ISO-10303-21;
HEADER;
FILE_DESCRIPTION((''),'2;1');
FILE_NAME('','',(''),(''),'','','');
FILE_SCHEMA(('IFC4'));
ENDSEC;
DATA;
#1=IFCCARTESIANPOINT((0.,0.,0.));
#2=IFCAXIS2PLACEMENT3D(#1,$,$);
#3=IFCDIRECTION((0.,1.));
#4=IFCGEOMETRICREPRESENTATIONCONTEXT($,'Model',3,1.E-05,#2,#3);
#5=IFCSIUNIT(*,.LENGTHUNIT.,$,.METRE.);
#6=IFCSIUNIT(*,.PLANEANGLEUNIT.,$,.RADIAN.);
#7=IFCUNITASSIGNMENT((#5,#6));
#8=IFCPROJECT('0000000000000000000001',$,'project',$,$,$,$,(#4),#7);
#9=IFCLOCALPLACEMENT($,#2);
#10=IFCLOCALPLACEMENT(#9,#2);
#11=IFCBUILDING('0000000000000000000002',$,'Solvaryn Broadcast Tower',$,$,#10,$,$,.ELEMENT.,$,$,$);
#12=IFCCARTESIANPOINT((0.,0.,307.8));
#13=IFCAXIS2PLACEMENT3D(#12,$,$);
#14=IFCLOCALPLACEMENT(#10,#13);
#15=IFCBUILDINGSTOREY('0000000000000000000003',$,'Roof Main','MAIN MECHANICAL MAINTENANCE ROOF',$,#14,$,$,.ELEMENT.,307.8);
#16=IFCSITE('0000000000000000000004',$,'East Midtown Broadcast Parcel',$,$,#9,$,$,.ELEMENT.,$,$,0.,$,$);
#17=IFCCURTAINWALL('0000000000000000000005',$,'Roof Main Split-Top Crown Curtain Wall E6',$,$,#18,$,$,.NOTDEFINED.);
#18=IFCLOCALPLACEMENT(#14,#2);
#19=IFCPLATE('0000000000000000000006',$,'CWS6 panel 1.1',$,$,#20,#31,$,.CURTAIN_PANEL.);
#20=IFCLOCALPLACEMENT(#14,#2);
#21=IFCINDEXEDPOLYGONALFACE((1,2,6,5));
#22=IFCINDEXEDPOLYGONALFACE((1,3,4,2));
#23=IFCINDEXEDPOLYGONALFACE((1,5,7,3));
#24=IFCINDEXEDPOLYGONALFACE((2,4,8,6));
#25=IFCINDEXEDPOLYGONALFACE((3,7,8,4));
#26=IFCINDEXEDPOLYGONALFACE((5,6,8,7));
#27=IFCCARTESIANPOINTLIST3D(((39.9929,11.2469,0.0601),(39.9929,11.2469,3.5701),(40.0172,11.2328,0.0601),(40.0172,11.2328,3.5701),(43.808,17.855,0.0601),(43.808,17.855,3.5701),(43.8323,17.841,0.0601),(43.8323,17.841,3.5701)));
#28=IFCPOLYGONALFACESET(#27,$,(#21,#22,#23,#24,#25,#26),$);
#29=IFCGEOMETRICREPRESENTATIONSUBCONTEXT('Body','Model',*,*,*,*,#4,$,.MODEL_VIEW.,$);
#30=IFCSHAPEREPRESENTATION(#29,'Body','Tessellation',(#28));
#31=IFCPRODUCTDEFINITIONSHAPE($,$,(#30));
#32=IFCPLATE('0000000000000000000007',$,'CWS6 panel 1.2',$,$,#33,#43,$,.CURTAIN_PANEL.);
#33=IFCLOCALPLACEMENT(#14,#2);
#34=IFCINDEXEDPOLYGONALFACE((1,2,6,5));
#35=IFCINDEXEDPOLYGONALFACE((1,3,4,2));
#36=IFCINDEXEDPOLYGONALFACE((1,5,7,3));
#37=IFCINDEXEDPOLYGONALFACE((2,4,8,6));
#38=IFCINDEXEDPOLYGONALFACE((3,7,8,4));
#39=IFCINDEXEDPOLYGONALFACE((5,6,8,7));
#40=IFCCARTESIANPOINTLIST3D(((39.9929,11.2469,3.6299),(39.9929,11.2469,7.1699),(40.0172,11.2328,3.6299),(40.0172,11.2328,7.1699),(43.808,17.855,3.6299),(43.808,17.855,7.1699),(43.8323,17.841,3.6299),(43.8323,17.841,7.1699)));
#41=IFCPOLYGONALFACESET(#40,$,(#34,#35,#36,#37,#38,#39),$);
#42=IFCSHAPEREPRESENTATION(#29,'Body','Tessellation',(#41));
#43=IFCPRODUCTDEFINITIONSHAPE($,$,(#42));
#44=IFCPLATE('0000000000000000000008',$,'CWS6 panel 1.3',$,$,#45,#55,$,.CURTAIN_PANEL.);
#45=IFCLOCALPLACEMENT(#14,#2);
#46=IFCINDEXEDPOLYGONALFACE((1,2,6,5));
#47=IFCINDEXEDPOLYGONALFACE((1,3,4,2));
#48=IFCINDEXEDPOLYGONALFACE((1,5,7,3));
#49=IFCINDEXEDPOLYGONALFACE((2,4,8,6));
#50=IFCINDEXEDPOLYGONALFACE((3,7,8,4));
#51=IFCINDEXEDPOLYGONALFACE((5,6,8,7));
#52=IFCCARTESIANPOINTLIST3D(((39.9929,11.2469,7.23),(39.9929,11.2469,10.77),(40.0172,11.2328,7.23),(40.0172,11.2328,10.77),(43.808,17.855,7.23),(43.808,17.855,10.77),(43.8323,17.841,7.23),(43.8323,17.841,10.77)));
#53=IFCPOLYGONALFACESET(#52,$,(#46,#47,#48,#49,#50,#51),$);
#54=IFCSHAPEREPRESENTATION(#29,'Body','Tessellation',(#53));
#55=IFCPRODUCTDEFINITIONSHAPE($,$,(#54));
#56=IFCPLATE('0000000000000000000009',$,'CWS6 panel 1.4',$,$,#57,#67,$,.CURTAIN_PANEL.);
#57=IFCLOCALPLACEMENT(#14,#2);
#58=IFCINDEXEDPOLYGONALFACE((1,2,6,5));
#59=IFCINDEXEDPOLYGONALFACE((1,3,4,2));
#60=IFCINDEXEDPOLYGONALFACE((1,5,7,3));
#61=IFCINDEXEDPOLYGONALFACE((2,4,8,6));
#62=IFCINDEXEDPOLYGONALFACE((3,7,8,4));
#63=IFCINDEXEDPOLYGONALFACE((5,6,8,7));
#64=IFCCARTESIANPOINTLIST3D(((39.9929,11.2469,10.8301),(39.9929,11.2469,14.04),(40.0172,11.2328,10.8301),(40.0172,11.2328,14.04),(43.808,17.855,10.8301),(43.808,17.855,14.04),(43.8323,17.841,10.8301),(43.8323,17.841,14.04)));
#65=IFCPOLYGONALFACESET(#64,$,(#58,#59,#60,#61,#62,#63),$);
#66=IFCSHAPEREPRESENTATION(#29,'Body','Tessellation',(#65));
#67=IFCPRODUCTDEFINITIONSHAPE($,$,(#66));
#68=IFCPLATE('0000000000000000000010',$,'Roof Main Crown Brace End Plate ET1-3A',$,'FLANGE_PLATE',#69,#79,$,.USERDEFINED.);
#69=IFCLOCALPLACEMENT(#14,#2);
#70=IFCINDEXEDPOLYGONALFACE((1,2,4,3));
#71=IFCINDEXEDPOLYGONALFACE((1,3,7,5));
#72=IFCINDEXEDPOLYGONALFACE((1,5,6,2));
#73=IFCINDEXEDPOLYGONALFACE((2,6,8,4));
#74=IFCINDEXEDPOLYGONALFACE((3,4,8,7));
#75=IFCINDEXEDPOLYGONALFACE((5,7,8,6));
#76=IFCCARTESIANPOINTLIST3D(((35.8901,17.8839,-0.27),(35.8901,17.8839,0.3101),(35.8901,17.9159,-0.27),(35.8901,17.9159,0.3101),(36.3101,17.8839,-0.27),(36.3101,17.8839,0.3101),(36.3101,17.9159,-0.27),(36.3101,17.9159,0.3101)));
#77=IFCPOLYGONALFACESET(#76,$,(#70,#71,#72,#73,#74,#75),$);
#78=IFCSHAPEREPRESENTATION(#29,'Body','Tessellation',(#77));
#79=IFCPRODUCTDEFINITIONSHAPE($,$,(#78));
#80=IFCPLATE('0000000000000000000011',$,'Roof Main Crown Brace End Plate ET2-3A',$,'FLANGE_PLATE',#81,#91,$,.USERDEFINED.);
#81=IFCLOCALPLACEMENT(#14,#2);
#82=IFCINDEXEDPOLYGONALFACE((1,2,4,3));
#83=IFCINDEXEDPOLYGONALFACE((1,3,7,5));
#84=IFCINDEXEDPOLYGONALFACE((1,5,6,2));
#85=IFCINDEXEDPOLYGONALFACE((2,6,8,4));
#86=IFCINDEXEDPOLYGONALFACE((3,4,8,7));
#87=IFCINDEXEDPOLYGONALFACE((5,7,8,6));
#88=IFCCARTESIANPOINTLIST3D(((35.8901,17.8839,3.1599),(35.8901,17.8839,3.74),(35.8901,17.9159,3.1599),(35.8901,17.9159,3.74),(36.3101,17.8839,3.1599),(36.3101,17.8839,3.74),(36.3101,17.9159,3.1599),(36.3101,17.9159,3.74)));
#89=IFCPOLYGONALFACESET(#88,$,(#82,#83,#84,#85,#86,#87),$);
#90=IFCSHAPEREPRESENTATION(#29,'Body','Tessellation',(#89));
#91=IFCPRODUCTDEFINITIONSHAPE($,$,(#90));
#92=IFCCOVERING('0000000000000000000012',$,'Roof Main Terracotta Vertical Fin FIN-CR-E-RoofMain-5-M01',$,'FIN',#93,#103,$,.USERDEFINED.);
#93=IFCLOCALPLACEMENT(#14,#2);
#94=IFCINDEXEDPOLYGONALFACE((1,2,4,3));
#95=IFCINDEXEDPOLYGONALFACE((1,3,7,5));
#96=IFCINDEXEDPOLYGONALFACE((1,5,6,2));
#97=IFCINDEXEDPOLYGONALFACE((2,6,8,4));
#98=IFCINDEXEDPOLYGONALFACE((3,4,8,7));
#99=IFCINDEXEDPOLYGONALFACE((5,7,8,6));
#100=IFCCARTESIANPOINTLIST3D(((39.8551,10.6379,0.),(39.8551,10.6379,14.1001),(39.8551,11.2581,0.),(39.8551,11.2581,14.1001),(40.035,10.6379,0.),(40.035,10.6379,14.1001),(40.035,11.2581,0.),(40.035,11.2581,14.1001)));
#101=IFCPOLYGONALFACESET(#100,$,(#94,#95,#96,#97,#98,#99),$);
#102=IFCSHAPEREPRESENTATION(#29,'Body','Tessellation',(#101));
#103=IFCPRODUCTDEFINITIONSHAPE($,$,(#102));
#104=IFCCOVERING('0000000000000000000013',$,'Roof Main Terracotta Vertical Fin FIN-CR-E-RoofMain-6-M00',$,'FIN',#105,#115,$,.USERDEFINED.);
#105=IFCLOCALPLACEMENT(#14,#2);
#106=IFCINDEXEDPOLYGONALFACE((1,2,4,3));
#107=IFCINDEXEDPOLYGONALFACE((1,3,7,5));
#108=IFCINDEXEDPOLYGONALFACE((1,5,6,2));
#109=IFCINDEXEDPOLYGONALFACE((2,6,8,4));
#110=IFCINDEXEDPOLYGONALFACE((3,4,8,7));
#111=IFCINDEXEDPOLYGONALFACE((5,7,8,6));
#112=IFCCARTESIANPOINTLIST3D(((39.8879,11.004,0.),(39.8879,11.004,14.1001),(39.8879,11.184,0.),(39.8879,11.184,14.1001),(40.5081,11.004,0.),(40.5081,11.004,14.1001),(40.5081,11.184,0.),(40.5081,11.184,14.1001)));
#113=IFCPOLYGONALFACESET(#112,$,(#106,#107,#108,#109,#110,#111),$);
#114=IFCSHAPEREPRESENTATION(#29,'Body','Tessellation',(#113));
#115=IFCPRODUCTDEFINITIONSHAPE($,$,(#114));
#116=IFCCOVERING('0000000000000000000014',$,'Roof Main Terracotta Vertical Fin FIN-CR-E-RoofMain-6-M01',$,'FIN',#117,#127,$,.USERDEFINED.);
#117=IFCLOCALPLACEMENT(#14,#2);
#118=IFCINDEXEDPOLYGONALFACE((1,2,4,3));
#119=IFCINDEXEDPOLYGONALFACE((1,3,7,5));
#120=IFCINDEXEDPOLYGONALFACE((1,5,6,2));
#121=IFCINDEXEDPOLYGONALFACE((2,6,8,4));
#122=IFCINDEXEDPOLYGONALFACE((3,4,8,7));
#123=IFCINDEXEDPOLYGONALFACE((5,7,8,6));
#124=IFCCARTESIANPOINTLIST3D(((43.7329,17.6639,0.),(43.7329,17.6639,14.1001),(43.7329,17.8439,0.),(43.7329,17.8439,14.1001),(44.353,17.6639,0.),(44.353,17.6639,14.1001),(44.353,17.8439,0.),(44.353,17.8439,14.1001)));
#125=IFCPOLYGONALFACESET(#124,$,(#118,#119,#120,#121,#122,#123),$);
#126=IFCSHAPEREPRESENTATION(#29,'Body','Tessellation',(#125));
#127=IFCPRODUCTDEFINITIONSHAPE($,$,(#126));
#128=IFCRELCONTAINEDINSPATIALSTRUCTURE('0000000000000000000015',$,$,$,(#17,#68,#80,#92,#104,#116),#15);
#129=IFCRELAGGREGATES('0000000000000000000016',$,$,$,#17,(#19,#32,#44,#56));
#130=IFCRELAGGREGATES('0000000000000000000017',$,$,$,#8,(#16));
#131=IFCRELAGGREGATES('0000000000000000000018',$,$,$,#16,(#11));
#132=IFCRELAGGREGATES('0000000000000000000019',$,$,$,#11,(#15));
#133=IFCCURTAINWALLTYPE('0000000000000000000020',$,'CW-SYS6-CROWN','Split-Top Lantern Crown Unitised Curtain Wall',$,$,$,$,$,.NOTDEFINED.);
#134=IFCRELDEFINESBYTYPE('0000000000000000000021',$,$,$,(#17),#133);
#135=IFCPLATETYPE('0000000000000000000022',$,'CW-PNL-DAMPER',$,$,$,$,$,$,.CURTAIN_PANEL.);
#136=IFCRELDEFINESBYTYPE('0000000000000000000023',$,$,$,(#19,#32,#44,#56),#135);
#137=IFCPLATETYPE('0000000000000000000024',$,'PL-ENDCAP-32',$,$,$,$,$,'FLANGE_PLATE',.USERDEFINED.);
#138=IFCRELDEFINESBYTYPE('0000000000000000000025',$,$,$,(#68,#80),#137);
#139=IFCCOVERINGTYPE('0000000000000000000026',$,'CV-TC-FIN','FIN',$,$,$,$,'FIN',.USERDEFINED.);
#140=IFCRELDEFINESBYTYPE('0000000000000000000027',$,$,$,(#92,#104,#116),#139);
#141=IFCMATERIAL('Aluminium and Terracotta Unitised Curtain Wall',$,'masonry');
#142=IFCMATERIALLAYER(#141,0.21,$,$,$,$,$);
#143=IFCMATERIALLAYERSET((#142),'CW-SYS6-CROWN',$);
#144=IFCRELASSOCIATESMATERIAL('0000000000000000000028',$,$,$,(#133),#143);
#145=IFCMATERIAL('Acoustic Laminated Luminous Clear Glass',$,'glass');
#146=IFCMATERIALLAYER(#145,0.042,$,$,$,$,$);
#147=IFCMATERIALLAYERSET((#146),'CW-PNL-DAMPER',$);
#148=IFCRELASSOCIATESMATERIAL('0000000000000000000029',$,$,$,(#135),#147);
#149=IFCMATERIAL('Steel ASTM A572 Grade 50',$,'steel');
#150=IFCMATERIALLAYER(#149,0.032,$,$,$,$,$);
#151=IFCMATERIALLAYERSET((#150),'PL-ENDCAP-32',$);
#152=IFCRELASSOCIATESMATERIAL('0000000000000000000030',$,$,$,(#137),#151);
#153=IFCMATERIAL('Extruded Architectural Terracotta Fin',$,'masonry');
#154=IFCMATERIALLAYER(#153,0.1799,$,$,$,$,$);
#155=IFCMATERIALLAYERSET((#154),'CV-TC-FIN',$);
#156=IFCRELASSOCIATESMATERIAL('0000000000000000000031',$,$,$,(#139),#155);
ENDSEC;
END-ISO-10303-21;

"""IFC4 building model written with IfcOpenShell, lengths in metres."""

from ifc_helpers import new_model, si_unit, direction, frame, origin, origin_2d, place, context, subcontext, project, spatial, rectangle, extrude, material, layer, layer_set, type_object, element, aggregate, save


model = new_model("IFC4")

# Units and contexts
model_context = context("Model", 3, precision=1e-05, world=origin(), true_north=direction((0.0, 1.0)))
body_context = subcontext(model_context, "Body", "Model", "MODEL_VIEW")
ifc_project = project(units=[si_unit("LENGTHUNIT", "METRE"), si_unit("PLANEANGLEUNIT", "RADIAN")], contexts=[model_context])

# Site, building, storey
site_placement = place(None, origin())
site = spatial("IfcSite", under=ifc_project, at=site_placement, Name="East Midtown Broadcast Parcel", CompositionType="ELEMENT", RefElevation=0.0)
building_placement = place(site_placement, origin())
building = spatial("IfcBuilding", under=site, at=building_placement, Name="Solvaryn Broadcast Tower", CompositionType="ELEMENT")
storey_placement = place(building_placement, frame((0.0, 0.0, 307.8)))
storey = spatial("IfcBuildingStorey", under=building, at=storey_placement, Name="Roof Main", Description="MAIN MECHANICAL MAINTENANCE ROOF", CompositionType="ELEMENT", Elevation=307.8)

# Shared definitions
ifc_material_1 = material(Name="Aluminium and Terracotta Unitised Curtain Wall", Category="masonry")
ifc_layer_1 = layer(ifc_material_1, 0.21)
ifc_layer_set_1 = layer_set([ifc_layer_1], Name="CW-SYS6-CROWN")
curtain_wall_type = type_object("IfcCurtainWallType", Name="CW-SYS6-CROWN", Description="Split-Top Lantern Crown Unitised Curtain Wall", PredefinedType="NOTDEFINED", material=ifc_layer_set_1)

# Curtain wall
curtain_wall_1_placement = place(storey_placement, origin())
curtain_wall_1 = element("IfcCurtainWall", 1, at=curtain_wall_1_placement, inside=storey, type_object=curtain_wall_type, Name="Roof Main Split-Top Crown Curtain Wall E6", PredefinedType="NOTDEFINED")

# Plates
ifc_material_2 = material(Name="Acoustic Laminated Luminous Clear Glass", Category="glass")
ifc_layer_2 = layer(ifc_material_2, 0.042)
ifc_layer_set_2 = layer_set([ifc_layer_2], Name="CW-PNL-DAMPER")
plate_type_1 = type_object("IfcPlateType", Name="CW-PNL-DAMPER", PredefinedType="CURTAIN_PANEL", material=ifc_layer_set_2)
plate_1_placement = place(storey_placement, frame((41.9126, 14.5439, 0.0601), z_axis=(0.0, 0.0, 1.0), x_axis=(0.499983, 0.866035, 0.0)))
plate_1 = element("IfcPlate", 2, at=plate_1_placement, type_object=plate_type_1, Name="CWS6 panel 1.1", PredefinedType="CURTAIN_PANEL", context=body_context, shape_type="SweptSolid", body=[
    extrude(rectangle(XDim=7.6304, YDim=0.0281, at=origin_2d()), origin(), (0.0, 0.0, 1.0), 3.51),
])
plate_2_placement = place(storey_placement, frame((41.9126, 14.5439, 3.6299), z_axis=(0.0, 0.0, 1.0), x_axis=(0.499983, 0.866035, 0.0)))
plate_2 = element("IfcPlate", 3, at=plate_2_placement, type_object=plate_type_1, Name="CWS6 panel 1.2", PredefinedType="CURTAIN_PANEL", context=body_context, shape_type="SweptSolid", body=[
    extrude(rectangle(XDim=7.6304, YDim=0.0281, at=origin_2d()), origin(), (0.0, 0.0, 1.0), 3.54),
])
plate_3_placement = place(storey_placement, frame((41.9126, 14.5439, 7.23), z_axis=(0.0, 0.0, 1.0), x_axis=(0.499983, 0.866035, 0.0)))
plate_3 = element("IfcPlate", 4, at=plate_3_placement, type_object=plate_type_1, Name="CWS6 panel 1.3", PredefinedType="CURTAIN_PANEL", context=body_context, shape_type="SweptSolid", body=[
    extrude(rectangle(XDim=7.6304, YDim=0.0281, at=origin_2d()), origin(), (0.0, 0.0, 1.0), 3.54),
])
plate_4_placement = place(storey_placement, frame((41.9126, 14.5439, 10.8301), z_axis=(0.0, 0.0, 1.0), x_axis=(0.499983, 0.866035, 0.0)))
plate_4 = element("IfcPlate", 5, at=plate_4_placement, type_object=plate_type_1, Name="CWS6 panel 1.4", PredefinedType="CURTAIN_PANEL", context=body_context, shape_type="SweptSolid", body=[
    extrude(rectangle(XDim=7.6304, YDim=0.0281, at=origin_2d()), origin(), (0.0, 0.0, 1.0), 3.21),
])
aggregate(curtain_wall_1, [plate_1, plate_2, plate_3, plate_4])

# Plates
ifc_material_3 = material(Name="Steel ASTM A572 Grade 50", Category="steel")
ifc_layer_3 = layer(ifc_material_3, 0.032)
ifc_layer_set_3 = layer_set([ifc_layer_3], Name="PL-ENDCAP-32")
plate_type_2 = type_object("IfcPlateType", Name="PL-ENDCAP-32", ElementType="FLANGE_PLATE", PredefinedType="USERDEFINED", material=ifc_layer_set_3)
for number, where, z_axis, x_axis, name in (
    (6, (36.1001, 17.8999, -0.27), (0.0, 0.0, 1.0), (1.0, 0.0, 0.0), "Roof Main Crown Brace End Plate ET1-3A"),
    (7, (36.1001, 17.8999, 3.1599), (0.0, 0.0, 1.0), (1.0, 0.0, 0.0), "Roof Main Crown Brace End Plate ET2-3A"),
):
    element("IfcPlate", number, at=place(storey_placement, frame(where, z_axis=z_axis, x_axis=x_axis)), inside=storey, type_object=plate_type_2, Name=name, ObjectType="FLANGE_PLATE", PredefinedType="USERDEFINED", context=body_context, shape_type="SweptSolid", body=[
        extrude(rectangle(XDim=0.4199, YDim=0.032, at=origin_2d()), origin(), (0.0, 0.0, 1.0), 0.5801),
    ])

# Coverings
ifc_material_4 = material(Name="Extruded Architectural Terracotta Fin", Category="masonry")
ifc_layer_4 = layer(ifc_material_4, 0.1799)
ifc_layer_set_4 = layer_set([ifc_layer_4], Name="CV-TC-FIN")
covering_type = type_object("IfcCoveringType", Name="CV-TC-FIN", Description="FIN", ElementType="FIN", PredefinedType="USERDEFINED", material=ifc_layer_set_4)
covering_placement = place(storey_placement, frame((39.9451, 10.948, 0.0), z_axis=(0.0, 0.0, 1.0), x_axis=(1.0, 0.0, 0.0)))
element("IfcCovering", 8, at=covering_placement, inside=storey, type_object=covering_type, Name="Roof Main Terracotta Vertical Fin FIN-CR-E-RoofMain-5-M01", ObjectType="FIN", PredefinedType="USERDEFINED", context=body_context, shape_type="SweptSolid", body=[
    extrude(rectangle(XDim=0.1799, YDim=0.6201, at=origin_2d()), origin(), (0.0, 0.0, 1.0), 14.1001),
])
for number, where, z_axis, x_axis, name in (
    (9, (40.198, 11.094, 0.0), (0.0, 0.0, 1.0), (1.0, 0.0, 0.0), "Roof Main Terracotta Vertical Fin FIN-CR-E-RoofMain-6-M00"),
    (10, (44.043, 17.7539, 0.0), (0.0, 0.0, 1.0), (1.0, 0.0, 0.0), "Roof Main Terracotta Vertical Fin FIN-CR-E-RoofMain-6-M01"),
):
    element("IfcCovering", number, at=place(storey_placement, frame(where, z_axis=z_axis, x_axis=x_axis)), inside=storey, type_object=covering_type, Name=name, ObjectType="FIN", PredefinedType="USERDEFINED", context=body_context, shape_type="SweptSolid", body=[
        extrude(rectangle(XDim=0.6201, YDim=0.1799, at=origin_2d()), origin(), (0.0, 0.0, 1.0), 14.1001),
    ])

save(model, "model.ifc")
